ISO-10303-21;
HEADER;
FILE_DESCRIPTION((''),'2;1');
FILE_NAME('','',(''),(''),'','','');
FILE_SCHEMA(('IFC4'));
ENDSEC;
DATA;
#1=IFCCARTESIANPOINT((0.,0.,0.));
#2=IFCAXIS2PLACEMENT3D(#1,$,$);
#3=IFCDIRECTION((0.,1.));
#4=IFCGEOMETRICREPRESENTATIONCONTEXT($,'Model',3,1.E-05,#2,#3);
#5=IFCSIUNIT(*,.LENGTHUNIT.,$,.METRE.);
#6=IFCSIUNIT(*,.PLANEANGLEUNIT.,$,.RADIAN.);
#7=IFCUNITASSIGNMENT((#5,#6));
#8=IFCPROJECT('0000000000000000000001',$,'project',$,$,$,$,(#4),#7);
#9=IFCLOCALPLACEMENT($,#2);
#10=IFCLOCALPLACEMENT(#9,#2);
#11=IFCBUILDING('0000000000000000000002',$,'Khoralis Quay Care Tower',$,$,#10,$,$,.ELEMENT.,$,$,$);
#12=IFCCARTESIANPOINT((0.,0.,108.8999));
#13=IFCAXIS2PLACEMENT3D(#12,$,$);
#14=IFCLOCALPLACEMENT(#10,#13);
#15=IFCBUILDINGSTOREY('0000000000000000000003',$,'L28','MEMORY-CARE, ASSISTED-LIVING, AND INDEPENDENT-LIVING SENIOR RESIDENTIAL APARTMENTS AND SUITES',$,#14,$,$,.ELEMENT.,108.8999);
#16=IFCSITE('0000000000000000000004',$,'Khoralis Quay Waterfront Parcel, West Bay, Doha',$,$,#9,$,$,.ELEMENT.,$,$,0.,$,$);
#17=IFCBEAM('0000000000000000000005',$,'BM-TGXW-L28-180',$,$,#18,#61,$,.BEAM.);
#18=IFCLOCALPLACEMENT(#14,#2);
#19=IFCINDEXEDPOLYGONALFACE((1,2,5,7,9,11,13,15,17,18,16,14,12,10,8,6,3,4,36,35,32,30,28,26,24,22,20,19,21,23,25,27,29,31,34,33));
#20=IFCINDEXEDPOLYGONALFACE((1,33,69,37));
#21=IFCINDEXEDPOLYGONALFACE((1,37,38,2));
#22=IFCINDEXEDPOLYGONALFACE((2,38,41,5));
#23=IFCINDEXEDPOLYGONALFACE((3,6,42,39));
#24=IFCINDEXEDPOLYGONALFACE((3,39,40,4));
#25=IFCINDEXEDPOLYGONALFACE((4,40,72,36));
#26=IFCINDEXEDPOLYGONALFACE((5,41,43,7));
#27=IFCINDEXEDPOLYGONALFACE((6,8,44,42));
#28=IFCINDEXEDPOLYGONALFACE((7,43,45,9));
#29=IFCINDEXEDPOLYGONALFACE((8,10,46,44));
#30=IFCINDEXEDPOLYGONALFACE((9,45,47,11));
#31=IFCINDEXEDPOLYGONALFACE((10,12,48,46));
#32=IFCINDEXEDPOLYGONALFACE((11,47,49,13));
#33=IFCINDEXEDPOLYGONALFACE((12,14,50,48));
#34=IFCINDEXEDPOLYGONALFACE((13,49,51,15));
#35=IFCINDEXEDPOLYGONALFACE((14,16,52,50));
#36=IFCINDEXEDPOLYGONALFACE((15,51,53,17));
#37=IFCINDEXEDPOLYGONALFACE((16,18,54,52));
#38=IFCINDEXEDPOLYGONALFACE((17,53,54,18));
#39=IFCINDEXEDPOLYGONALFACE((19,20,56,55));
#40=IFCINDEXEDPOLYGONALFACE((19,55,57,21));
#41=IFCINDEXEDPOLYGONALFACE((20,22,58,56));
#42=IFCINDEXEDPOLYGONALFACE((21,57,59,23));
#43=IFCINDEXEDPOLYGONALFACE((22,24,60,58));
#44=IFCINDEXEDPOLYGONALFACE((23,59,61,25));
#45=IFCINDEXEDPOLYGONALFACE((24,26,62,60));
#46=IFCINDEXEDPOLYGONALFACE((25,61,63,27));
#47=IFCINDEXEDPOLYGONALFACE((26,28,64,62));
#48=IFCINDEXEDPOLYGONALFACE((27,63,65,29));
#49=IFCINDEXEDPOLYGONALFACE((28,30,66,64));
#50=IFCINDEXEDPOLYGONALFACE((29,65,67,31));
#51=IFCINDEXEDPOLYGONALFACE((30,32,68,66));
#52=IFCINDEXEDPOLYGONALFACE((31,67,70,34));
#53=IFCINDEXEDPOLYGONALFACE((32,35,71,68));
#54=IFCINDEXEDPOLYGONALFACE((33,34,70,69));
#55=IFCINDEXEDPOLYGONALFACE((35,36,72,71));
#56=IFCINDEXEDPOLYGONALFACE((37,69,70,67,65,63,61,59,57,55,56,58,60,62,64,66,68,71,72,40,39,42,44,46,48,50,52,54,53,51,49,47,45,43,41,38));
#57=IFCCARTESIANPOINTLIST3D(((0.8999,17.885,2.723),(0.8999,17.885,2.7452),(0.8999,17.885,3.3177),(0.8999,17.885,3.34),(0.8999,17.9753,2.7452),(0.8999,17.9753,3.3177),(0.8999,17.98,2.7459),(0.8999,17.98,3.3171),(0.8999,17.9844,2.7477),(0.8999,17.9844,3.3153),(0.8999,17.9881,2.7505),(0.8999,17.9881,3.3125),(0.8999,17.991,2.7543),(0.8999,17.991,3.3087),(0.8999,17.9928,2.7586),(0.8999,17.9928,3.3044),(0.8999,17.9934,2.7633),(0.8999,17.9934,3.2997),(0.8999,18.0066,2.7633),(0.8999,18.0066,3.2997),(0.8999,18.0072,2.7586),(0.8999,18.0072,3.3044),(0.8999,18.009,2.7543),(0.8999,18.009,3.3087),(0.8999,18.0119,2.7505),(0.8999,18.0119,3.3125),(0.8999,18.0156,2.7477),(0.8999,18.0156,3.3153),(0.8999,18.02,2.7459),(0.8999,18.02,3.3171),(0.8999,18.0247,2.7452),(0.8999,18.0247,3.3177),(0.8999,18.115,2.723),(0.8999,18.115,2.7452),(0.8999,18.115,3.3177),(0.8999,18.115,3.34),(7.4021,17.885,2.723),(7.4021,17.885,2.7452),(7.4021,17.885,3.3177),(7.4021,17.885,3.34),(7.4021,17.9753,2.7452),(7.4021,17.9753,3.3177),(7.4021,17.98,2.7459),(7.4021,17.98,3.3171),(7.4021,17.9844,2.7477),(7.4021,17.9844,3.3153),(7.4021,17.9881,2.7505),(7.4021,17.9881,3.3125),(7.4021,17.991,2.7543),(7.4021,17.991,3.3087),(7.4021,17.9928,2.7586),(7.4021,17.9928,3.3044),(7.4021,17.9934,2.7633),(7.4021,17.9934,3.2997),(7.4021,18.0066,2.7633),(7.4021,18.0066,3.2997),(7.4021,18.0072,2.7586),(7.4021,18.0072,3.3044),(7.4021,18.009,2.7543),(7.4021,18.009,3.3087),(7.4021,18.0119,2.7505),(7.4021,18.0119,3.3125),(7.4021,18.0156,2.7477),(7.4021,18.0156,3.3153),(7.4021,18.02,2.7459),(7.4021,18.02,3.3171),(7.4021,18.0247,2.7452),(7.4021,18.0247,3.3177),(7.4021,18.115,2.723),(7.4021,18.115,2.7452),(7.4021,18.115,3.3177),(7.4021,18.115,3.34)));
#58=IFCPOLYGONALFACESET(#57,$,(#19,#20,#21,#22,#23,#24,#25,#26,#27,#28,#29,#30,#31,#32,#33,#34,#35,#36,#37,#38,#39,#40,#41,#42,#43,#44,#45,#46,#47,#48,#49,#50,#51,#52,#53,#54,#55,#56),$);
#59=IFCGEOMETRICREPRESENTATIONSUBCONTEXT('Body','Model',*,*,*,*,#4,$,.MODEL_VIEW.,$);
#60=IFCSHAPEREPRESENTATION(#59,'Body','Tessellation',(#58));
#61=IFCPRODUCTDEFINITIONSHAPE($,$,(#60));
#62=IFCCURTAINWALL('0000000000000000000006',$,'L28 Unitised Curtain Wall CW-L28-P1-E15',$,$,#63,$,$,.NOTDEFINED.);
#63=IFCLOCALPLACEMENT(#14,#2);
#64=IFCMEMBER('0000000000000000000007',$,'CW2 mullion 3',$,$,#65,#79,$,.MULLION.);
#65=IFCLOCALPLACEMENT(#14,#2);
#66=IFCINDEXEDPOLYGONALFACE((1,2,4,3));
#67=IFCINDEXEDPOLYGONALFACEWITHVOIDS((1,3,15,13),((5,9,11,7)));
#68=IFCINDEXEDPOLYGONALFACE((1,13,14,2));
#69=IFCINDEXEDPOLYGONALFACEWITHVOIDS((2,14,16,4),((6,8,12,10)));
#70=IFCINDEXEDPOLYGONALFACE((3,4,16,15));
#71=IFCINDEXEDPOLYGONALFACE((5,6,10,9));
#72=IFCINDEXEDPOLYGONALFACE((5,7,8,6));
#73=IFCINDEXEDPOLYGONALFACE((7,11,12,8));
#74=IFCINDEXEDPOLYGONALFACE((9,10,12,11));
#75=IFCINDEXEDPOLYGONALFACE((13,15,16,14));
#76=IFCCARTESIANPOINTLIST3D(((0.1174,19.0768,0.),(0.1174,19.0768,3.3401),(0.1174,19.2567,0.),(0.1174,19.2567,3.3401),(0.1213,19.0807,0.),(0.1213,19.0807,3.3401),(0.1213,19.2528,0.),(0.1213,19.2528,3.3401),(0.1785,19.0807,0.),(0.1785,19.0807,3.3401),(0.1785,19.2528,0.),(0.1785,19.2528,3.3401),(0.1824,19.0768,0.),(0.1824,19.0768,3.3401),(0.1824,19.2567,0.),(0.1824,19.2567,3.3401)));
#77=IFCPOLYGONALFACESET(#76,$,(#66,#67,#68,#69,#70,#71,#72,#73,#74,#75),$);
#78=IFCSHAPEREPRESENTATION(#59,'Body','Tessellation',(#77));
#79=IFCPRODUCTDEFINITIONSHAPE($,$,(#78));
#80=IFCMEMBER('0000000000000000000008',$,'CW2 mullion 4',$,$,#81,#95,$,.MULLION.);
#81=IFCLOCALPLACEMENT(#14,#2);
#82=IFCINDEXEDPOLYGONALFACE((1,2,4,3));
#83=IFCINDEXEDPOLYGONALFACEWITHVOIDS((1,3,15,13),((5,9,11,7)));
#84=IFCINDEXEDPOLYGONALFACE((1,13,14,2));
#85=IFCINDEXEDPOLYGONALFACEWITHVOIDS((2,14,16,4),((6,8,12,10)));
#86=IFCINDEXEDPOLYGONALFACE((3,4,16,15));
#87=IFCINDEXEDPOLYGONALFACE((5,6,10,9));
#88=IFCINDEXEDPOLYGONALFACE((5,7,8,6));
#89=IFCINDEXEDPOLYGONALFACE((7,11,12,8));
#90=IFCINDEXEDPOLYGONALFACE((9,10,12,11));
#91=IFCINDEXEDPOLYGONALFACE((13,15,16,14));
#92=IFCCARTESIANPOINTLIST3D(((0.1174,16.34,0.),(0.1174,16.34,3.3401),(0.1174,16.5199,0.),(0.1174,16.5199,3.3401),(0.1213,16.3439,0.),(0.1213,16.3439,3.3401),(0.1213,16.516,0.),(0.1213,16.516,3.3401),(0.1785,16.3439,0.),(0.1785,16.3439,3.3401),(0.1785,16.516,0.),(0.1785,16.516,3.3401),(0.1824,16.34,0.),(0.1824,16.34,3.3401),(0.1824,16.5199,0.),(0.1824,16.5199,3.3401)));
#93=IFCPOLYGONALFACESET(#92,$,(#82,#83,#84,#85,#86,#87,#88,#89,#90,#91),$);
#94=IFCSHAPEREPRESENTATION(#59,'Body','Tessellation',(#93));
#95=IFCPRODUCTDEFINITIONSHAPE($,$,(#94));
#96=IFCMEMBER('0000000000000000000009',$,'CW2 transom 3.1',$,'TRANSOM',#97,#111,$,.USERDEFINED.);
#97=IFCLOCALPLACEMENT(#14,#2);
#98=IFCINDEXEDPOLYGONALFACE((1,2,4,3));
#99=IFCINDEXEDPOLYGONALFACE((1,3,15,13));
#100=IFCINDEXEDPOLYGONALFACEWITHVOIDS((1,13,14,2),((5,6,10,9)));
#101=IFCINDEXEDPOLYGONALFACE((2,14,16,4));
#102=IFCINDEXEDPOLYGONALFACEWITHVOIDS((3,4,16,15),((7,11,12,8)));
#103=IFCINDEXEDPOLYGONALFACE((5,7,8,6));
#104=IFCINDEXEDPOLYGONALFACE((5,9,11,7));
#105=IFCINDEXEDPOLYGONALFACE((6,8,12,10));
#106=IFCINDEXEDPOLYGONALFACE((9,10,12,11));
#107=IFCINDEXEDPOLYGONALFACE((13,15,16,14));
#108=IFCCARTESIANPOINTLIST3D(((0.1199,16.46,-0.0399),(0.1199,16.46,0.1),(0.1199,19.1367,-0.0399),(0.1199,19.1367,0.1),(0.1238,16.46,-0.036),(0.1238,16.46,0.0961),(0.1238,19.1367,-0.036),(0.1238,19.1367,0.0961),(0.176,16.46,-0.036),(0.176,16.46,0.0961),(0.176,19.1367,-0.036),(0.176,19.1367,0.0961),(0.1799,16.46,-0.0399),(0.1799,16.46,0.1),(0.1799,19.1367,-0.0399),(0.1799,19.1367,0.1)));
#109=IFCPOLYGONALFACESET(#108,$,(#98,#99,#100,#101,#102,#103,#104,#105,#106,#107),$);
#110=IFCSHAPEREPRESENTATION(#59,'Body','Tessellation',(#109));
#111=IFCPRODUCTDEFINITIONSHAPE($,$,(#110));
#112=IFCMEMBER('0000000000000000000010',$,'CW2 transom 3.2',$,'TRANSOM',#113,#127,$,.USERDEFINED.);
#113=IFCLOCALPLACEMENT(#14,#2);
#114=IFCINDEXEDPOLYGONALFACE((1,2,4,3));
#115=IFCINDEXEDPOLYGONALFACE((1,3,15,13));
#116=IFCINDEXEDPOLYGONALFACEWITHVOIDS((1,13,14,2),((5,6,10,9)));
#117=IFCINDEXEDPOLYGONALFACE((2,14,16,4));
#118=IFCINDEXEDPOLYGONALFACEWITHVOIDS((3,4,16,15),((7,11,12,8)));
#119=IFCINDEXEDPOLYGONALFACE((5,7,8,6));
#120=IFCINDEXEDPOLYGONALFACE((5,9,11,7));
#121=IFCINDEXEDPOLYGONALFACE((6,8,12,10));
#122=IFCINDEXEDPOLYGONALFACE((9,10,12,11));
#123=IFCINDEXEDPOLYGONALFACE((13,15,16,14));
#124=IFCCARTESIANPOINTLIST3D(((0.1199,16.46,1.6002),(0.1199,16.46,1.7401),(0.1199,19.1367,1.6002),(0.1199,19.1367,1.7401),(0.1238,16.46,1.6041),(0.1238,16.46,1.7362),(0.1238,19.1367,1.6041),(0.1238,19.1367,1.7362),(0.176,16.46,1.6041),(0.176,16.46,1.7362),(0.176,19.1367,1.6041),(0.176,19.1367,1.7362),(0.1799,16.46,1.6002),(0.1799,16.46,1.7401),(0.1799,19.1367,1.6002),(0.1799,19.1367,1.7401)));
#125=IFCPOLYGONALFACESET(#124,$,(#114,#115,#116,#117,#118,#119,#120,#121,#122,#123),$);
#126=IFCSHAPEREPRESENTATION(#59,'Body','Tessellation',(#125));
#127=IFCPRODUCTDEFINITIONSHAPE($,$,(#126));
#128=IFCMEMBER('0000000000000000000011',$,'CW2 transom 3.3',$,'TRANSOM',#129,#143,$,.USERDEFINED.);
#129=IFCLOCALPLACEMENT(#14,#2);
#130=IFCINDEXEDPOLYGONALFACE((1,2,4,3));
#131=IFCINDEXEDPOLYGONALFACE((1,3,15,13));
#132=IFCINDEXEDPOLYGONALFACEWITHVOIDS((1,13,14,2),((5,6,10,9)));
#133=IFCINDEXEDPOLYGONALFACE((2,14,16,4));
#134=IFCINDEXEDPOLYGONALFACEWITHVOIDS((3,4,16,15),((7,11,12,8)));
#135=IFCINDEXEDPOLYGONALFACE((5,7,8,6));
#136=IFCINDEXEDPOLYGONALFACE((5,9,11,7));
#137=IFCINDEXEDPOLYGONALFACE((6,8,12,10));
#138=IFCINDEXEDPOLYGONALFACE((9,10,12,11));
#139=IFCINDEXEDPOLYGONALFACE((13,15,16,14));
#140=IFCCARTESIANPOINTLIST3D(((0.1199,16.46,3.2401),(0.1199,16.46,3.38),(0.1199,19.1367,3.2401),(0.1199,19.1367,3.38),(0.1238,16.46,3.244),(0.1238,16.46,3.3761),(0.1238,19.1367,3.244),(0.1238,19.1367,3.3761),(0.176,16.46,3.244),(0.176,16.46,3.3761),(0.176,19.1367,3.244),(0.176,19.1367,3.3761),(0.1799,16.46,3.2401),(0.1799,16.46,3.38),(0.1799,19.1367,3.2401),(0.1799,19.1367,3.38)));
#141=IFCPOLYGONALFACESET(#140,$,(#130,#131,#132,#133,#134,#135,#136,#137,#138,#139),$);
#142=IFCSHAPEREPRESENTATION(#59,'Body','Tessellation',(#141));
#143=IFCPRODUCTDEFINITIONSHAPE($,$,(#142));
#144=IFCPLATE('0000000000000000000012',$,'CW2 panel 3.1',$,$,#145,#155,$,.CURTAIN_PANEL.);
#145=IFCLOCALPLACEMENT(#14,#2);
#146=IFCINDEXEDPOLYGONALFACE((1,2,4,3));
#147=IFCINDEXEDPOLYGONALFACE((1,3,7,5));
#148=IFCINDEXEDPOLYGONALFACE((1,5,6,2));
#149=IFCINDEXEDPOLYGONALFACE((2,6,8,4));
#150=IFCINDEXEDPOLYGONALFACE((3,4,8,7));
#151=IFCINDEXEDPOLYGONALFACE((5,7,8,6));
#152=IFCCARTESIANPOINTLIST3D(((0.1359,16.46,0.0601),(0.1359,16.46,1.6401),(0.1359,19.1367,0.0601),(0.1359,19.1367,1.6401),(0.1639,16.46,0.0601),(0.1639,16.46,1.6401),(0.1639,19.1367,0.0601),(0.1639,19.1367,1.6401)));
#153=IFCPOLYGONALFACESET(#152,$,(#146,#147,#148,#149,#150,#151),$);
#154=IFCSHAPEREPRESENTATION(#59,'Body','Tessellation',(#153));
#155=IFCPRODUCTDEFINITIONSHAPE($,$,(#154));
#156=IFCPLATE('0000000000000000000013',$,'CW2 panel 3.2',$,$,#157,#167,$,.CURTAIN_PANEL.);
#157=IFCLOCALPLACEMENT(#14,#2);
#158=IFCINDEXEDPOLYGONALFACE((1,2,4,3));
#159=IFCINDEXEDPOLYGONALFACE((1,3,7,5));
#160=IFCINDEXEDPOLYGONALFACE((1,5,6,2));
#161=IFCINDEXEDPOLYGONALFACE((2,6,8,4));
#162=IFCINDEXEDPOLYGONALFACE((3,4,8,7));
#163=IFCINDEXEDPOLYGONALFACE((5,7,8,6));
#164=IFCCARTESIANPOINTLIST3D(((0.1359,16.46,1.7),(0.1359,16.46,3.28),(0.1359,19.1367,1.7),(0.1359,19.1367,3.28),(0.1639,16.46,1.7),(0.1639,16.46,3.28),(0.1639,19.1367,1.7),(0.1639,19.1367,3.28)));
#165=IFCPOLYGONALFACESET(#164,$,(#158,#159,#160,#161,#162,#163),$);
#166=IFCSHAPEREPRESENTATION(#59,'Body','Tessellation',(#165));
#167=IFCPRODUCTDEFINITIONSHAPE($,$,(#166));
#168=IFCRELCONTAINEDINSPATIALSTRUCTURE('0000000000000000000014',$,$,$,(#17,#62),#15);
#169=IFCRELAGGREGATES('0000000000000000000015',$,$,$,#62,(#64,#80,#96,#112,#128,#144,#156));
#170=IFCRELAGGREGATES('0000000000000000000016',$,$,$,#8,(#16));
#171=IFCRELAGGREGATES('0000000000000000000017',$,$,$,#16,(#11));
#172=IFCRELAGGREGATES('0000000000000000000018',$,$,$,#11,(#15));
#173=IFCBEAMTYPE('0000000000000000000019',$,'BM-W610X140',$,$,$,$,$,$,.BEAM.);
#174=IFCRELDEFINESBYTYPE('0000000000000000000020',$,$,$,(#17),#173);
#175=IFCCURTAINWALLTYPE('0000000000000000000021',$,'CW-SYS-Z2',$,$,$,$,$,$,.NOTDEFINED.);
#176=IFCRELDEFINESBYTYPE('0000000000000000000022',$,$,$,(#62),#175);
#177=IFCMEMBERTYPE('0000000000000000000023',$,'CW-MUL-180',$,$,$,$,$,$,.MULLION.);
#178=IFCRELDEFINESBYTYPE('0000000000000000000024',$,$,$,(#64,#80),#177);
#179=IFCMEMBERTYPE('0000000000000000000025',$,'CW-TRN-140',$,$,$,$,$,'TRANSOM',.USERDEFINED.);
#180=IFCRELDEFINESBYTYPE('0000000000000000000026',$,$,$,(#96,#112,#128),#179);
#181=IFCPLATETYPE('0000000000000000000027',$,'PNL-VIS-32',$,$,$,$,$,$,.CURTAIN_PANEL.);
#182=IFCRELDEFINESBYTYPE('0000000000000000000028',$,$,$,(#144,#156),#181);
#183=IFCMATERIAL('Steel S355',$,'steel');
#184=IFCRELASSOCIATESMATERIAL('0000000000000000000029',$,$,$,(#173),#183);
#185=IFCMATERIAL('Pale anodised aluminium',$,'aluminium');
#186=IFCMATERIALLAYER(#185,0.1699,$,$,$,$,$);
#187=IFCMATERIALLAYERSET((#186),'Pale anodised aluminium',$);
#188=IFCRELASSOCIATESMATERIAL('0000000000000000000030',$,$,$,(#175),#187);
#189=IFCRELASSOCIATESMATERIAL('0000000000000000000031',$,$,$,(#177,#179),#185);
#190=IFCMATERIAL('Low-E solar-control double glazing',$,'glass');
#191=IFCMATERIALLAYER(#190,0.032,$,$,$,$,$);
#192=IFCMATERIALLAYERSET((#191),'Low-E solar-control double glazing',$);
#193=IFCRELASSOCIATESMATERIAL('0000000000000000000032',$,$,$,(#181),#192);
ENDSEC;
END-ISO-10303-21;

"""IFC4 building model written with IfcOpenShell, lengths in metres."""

from ifc_helpers import new_model, si_unit, direction, frame, origin, origin_2d, place, context, subcontext, project, spatial, rectangle, hollow_rectangle, i_section, extrude, source, transform, mapped, material, layer, layer_set, material_profile, profile_set, type_object, element, aggregate, save


model = new_model("IFC4")

# Units and contexts
model_context = context("Model", 3, precision=1e-05, world=origin(), true_north=direction((0.0, 1.0)))
body_context = subcontext(model_context, "Body", "Model", "MODEL_VIEW")
ifc_project = project(units=[si_unit("LENGTHUNIT", "METRE"), si_unit("PLANEANGLEUNIT", "RADIAN")], contexts=[model_context])

# Site, building, storey
site_placement = place(None, origin())
site = spatial("IfcSite", under=ifc_project, at=site_placement, Name="Khoralis Quay Waterfront Parcel, West Bay, Doha", CompositionType="ELEMENT", RefElevation=0.0)
building_placement = place(site_placement, origin())
building = spatial("IfcBuilding", under=site, at=building_placement, Name="Khoralis Quay Care Tower", CompositionType="ELEMENT")
storey_placement = place(building_placement, frame((0.0, 0.0, 108.8999)))
storey = spatial("IfcBuildingStorey", under=building, at=storey_placement, Name="L28", Description="MEMORY-CARE, ASSISTED-LIVING, AND INDEPENDENT-LIVING SENIOR RESIDENTIAL APARTMENTS AND SUITES", CompositionType="ELEMENT", Elevation=108.8999)

# Beam
ifc_material_1 = material(Name="Steel S355", Category="steel")
ifc_material_profile_1 = material_profile(ifc_material_1, i_section(OverallWidth=0.23, OverallDepth=0.6169, WebThickness=0.0132, FlangeThickness=0.0222, FilletRadius=0.0181, at=origin_2d()), Name="Steel S355")
ifc_profile_set_1 = profile_set([ifc_material_profile_1], Name="Steel S355")
beam_type_1 = type_object("IfcBeamType", Name="BM-W610X140", PredefinedType="BEAM", material=ifc_profile_set_1)
shared_shape_1 = source(origin(), body_context, "Body", "SweptSolid", [
    extrude(i_section(OverallWidth=0.23, OverallDepth=0.6169, WebThickness=0.0132, FlangeThickness=0.0222, FilletRadius=0.0181, at=origin_2d()), origin(), (0.0, 0.0, 1.0), 6.5022),
])
beam_1_placement = place(storey_placement, frame((0.8999, 18.0, 3.0315), z_axis=(1.0, 0.0, 0.0), x_axis=(0.0, 1.0, 0.0)))
element("IfcBeam", 1, at=beam_1_placement, inside=storey, type_object=beam_type_1, Name="BM-TGXW-L28-180", PredefinedType="BEAM", context=body_context, shape_type="MappedRepresentation", body=[
    mapped(shared_shape_1, transform((0.0, 0.0, 0.0), scale=1.0)),
])

# Curtain wall, members, plates
ifc_material_2 = material(Name="Pale anodised aluminium", Category="aluminium")
ifc_layer_1 = layer(ifc_material_2, 0.1699)
ifc_layer_set_1 = layer_set([ifc_layer_1], Name="Pale anodised aluminium")
curtain_wall_type = type_object("IfcCurtainWallType", Name="CW-SYS-Z2", PredefinedType="NOTDEFINED", material=ifc_layer_set_1)
curtain_wall_placement = place(storey_placement, origin())
curtain_wall = element("IfcCurtainWall", 2, at=curtain_wall_placement, inside=storey, type_object=curtain_wall_type, Name="L28 Unitised Curtain Wall CW-L28-P1-E15", PredefinedType="NOTDEFINED")
ifc_material_profile_2 = material_profile(ifc_material_2, hollow_rectangle(XDim=0.0649, YDim=0.1799, WallThickness=0.0039, at=origin_2d()), Name="Pale anodised aluminium")
ifc_profile_set_2 = profile_set([ifc_material_profile_2], Name="Pale anodised aluminium")
member_type_1 = type_object("IfcMemberType", Name="CW-MUL-180", PredefinedType="MULLION", material=ifc_profile_set_2)
shared_shape_2 = source(origin(), body_context, "Body", "SweptSolid", [
    extrude(hollow_rectangle(XDim=0.0649, YDim=0.1799, WallThickness=0.0039, at=origin_2d()), origin(), (0.0, 0.0, 1.0), 3.3401),
])
member_1_placement = place(storey_placement, frame((0.1499, 19.1667, 0.0), z_axis=(0.0, 0.0, 1.0), x_axis=(1.0, 0.0, 0.0)))
member_1 = element("IfcMember", 3, at=member_1_placement, type_object=member_type_1, Name="CW2 mullion 3", PredefinedType="MULLION", context=body_context, shape_type="MappedRepresentation", body=[
    mapped(shared_shape_2, transform((0.0, 0.0, 0.0), scale=1.0)),
])
member_2_placement = place(storey_placement, frame((0.1499, 16.4299, 0.0), z_axis=(0.0, 0.0, 1.0), x_axis=(1.0, 0.0, 0.0)))
member_2 = element("IfcMember", 4, at=member_2_placement, type_object=member_type_1, Name="CW2 mullion 4", PredefinedType="MULLION", context=body_context, shape_type="MappedRepresentation", body=[
    mapped(shared_shape_2, transform((0.0, 0.0, 0.0), scale=1.0)),
])
ifc_material_profile_3 = material_profile(ifc_material_2, hollow_rectangle(XDim=0.0601, YDim=0.1399, WallThickness=0.0039, at=origin_2d()), Name="Pale anodised aluminium")
ifc_profile_set_3 = profile_set([ifc_material_profile_3], Name="Pale anodised aluminium")
member_type_2 = type_object("IfcMemberType", Name="CW-TRN-140", ElementType="TRANSOM", PredefinedType="USERDEFINED", material=ifc_profile_set_3)
shared_shape_3 = source(origin(), body_context, "Body", "SweptSolid", [
    extrude(hollow_rectangle(XDim=0.0601, YDim=0.1399, WallThickness=0.0039, at=origin_2d()), origin(), (0.0, 0.0, 1.0), 2.6768),
])
member_3_placement = place(storey_placement, frame((0.1499, 19.1367, 0.03), z_axis=(0.0, -1.0, 0.0), x_axis=(1.0, 0.0, 0.0)))
member_3 = element("IfcMember", 5, at=member_3_placement, type_object=member_type_2, Name="CW2 transom 3.1", ObjectType="TRANSOM", PredefinedType="USERDEFINED", context=body_context, shape_type="MappedRepresentation", body=[
    mapped(shared_shape_3, transform((0.0, 0.0, 0.0), scale=1.0)),
])
member_4_placement = place(storey_placement, frame((0.1499, 19.1367, 1.6702), z_axis=(0.0, -1.0, 0.0), x_axis=(1.0, 0.0, 0.0)))
member_4 = element("IfcMember", 6, at=member_4_placement, type_object=member_type_2, Name="CW2 transom 3.2", ObjectType="TRANSOM", PredefinedType="USERDEFINED", context=body_context, shape_type="MappedRepresentation", body=[
    mapped(shared_shape_3, transform((0.0, 0.0, 0.0), scale=1.0)),
])
member_5_placement = place(storey_placement, frame((0.1499, 19.1367, 3.3101), z_axis=(0.0, -1.0, 0.0), x_axis=(1.0, 0.0, 0.0)))
member_5 = element("IfcMember", 7, at=member_5_placement, type_object=member_type_2, Name="CW2 transom 3.3", ObjectType="TRANSOM", PredefinedType="USERDEFINED", context=body_context, shape_type="MappedRepresentation", body=[
    mapped(shared_shape_3, transform((0.0, 0.0, 0.0), scale=1.0)),
])
ifc_material_3 = material(Name="Low-E solar-control double glazing", Category="glass")
ifc_layer_2 = layer(ifc_material_3, 0.032)
ifc_layer_set_2 = layer_set([ifc_layer_2], Name="Low-E solar-control double glazing")
plate_type = type_object("IfcPlateType", Name="PNL-VIS-32", PredefinedType="CURTAIN_PANEL", material=ifc_layer_set_2)
shared_shape_4 = source(origin(), body_context, "Body", "SweptSolid", [
    extrude(rectangle(XDim=2.6768, YDim=0.0281, at=origin_2d()), origin(), (0.0, 0.0, 1.0), 1.5801),
])
plate_1_placement = place(storey_placement, frame((0.1499, 17.7983, 0.0601), z_axis=(0.0, 0.0, 1.0), x_axis=(0.0, -1.0, 0.0)))
plate_1 = element("IfcPlate", 8, at=plate_1_placement, type_object=plate_type, Name="CW2 panel 3.1", PredefinedType="CURTAIN_PANEL", context=body_context, shape_type="MappedRepresentation", body=[
    mapped(shared_shape_4, transform((0.0, 0.0, 0.0), scale=1.0)),
])
plate_2_placement = place(storey_placement, frame((0.1499, 17.7983, 1.7), z_axis=(0.0, 0.0, 1.0), x_axis=(0.0, -1.0, 0.0)))
plate_2 = element("IfcPlate", 9, at=plate_2_placement, type_object=plate_type, Name="CW2 panel 3.2", PredefinedType="CURTAIN_PANEL", context=body_context, shape_type="MappedRepresentation", body=[
    mapped(shared_shape_4, transform((0.0, 0.0, 0.0), scale=1.0)),
])
aggregate(curtain_wall, [member_1, member_2, member_3, member_4, member_5, plate_1, plate_2])

save(model, "model.ifc")
